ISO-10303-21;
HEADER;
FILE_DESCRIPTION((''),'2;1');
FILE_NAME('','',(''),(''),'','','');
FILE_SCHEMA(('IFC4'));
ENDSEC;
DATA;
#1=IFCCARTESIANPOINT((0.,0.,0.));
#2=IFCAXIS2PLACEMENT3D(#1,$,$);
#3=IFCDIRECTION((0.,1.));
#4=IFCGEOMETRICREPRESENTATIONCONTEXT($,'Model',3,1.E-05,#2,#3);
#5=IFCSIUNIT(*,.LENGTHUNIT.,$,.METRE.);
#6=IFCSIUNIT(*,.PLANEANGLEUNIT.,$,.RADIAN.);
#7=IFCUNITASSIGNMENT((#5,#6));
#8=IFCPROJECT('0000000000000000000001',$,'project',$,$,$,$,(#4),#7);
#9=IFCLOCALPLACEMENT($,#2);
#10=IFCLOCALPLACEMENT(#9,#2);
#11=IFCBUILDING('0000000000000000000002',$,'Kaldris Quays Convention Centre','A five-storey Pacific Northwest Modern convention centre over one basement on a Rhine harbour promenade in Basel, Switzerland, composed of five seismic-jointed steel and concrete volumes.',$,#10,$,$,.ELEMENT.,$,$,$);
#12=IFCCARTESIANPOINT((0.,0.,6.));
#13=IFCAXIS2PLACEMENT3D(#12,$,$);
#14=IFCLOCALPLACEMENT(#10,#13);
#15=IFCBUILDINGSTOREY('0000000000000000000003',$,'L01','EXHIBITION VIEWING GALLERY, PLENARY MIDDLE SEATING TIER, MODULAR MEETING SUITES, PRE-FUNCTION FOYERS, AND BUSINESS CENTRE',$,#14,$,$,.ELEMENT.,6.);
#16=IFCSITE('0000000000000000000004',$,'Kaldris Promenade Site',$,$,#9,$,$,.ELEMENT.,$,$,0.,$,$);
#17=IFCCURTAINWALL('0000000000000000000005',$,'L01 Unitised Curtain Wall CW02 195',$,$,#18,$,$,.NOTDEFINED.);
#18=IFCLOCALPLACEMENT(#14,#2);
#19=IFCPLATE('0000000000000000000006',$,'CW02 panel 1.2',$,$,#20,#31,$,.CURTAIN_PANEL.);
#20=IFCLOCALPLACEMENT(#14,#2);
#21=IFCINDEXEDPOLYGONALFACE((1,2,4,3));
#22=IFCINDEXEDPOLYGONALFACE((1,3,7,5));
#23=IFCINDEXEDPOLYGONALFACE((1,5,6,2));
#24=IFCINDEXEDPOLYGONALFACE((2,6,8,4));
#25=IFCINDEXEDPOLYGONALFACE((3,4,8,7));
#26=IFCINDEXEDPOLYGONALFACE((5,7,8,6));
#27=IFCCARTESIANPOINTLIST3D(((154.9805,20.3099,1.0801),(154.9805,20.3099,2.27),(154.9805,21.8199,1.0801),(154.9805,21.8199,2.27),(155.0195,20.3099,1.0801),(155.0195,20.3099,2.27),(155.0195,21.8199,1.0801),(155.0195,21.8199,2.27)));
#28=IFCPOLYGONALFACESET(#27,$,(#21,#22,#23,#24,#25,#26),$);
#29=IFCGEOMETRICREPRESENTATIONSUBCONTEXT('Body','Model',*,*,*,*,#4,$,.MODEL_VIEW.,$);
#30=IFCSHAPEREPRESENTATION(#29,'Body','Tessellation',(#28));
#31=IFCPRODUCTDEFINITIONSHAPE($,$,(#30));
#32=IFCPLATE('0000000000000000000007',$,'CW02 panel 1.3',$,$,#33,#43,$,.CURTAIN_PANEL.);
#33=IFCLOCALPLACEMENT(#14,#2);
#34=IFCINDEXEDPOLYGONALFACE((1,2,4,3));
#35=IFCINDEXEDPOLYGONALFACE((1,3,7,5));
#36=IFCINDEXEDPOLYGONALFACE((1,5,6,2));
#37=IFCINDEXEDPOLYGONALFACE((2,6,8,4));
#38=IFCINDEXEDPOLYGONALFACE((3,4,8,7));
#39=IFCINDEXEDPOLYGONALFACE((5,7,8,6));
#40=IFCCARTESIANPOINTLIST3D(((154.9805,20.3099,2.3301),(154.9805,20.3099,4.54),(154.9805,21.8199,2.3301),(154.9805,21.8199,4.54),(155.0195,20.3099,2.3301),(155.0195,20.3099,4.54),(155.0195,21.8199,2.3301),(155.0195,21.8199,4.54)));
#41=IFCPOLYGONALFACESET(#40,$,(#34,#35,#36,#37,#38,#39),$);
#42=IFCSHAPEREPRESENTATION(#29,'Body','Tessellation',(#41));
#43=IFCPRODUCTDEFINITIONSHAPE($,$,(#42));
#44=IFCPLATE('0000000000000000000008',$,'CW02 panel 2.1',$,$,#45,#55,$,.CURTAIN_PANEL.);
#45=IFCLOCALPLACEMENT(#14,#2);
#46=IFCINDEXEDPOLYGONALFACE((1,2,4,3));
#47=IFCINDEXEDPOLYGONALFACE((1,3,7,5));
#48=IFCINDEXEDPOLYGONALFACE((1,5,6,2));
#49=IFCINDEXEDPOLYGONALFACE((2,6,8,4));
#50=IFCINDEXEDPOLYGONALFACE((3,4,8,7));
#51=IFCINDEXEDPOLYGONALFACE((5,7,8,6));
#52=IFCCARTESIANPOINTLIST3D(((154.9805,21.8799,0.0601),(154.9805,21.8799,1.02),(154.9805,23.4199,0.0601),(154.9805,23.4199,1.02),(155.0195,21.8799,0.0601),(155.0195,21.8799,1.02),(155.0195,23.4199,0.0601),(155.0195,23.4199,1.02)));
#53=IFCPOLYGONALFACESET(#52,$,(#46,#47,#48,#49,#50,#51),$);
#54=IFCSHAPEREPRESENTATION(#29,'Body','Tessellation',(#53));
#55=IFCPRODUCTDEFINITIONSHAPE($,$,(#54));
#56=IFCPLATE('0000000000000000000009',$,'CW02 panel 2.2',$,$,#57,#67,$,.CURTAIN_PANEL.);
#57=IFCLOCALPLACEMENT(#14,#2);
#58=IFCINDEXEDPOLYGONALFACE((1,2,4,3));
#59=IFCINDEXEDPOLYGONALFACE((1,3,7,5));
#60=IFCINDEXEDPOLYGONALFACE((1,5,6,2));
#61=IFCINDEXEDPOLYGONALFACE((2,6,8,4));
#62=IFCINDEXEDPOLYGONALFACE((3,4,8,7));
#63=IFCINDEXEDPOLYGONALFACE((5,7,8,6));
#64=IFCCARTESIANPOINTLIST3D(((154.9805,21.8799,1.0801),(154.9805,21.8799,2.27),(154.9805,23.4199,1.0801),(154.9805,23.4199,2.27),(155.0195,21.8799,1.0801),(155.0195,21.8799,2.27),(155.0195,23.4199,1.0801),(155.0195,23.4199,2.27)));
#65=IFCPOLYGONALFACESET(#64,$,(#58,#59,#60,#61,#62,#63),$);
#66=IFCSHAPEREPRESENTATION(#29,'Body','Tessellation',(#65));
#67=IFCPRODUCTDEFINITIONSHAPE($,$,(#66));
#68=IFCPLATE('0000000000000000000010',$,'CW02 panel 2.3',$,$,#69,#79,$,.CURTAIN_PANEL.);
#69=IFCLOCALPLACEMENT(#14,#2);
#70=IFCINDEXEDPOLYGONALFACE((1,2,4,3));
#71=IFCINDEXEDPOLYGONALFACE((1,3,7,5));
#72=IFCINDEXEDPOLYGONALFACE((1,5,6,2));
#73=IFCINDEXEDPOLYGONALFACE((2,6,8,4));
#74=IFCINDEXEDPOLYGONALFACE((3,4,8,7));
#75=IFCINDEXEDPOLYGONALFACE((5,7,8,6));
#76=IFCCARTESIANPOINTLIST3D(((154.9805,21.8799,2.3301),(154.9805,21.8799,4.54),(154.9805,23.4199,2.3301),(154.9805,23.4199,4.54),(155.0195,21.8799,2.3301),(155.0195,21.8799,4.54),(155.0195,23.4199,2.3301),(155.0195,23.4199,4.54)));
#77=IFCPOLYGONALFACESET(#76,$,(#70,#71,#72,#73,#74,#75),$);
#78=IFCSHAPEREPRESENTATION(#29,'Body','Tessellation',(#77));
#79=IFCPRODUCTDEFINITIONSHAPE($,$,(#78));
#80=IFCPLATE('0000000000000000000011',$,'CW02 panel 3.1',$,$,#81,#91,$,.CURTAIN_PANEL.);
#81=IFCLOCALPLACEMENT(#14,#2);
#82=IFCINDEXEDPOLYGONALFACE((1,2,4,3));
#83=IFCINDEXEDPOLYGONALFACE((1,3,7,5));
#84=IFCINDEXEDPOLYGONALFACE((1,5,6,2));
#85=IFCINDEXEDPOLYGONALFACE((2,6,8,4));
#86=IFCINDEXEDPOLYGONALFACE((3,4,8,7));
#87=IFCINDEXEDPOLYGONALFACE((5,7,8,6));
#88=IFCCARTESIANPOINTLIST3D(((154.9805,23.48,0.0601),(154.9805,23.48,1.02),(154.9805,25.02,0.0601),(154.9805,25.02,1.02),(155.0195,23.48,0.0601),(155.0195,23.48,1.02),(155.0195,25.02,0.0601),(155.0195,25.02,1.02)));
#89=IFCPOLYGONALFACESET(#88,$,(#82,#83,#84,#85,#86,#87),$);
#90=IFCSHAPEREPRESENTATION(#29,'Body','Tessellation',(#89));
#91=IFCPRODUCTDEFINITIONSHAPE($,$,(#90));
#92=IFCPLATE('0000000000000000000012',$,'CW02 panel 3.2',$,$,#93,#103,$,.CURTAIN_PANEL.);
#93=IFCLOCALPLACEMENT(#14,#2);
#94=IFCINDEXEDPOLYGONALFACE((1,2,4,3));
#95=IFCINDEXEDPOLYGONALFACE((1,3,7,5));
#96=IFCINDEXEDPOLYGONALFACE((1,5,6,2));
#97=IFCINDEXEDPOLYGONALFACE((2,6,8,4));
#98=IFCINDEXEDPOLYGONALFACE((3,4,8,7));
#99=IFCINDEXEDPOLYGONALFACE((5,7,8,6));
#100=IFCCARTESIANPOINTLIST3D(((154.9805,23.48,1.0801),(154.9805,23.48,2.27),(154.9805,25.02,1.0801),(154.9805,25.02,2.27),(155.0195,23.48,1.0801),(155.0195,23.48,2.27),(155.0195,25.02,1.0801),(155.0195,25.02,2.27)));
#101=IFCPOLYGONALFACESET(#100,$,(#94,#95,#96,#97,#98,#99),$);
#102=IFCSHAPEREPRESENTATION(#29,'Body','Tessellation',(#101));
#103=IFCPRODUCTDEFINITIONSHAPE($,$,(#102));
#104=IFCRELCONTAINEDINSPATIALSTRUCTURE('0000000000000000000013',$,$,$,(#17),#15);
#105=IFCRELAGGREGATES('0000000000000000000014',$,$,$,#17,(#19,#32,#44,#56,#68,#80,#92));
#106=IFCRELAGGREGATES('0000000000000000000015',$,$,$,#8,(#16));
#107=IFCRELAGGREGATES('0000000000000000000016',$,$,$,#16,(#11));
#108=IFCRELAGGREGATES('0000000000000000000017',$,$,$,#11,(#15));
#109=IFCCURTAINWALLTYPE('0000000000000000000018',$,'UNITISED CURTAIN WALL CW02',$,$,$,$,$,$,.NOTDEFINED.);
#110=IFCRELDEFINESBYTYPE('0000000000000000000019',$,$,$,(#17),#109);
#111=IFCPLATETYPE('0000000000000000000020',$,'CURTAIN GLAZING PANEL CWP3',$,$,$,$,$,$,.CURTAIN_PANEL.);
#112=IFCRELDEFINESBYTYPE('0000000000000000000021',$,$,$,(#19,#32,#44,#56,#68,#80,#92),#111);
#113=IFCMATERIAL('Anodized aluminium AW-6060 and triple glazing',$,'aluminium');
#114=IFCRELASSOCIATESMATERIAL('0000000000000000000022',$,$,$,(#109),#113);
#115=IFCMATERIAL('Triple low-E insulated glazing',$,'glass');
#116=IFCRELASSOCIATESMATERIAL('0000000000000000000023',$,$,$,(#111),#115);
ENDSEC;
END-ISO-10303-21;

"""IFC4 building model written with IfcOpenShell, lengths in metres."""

from ifc_helpers import new_model, si_unit, direction, frame, origin, origin_2d, place, context, subcontext, project, spatial, rectangle, extrude, material, type_object, element, aggregate, save


model = new_model("IFC4")

# Units and contexts
model_context = context("Model", 3, precision=1e-05, world=origin(), true_north=direction((0.0, 1.0)))
body_context = subcontext(model_context, "Body", "Model", "MODEL_VIEW")
ifc_project = project(units=[si_unit("LENGTHUNIT", "METRE"), si_unit("PLANEANGLEUNIT", "RADIAN")], contexts=[model_context])

# Site, building, storey
site_placement = place(None, origin())
site = spatial("IfcSite", under=ifc_project, at=site_placement, Name="Kaldris Promenade Site", CompositionType="ELEMENT", RefElevation=0.0)
building_placement = place(site_placement, origin())
building = spatial("IfcBuilding", under=site, at=building_placement, Name="Kaldris Quays Convention Centre", Description="A five-storey Pacific Northwest Modern convention centre over one basement on a Rhine harbour promenade in Basel, Switzerland, composed of five seismic-jointed steel and concrete volumes.", CompositionType="ELEMENT")
storey_placement = place(building_placement, frame((0.0, 0.0, 6.0)))
storey = spatial("IfcBuildingStorey", under=building, at=storey_placement, Name="L01", Description="EXHIBITION VIEWING GALLERY, PLENARY MIDDLE SEATING TIER, MODULAR MEETING SUITES, PRE-FUNCTION FOYERS, AND BUSINESS CENTRE", CompositionType="ELEMENT", Elevation=6.0)

# Curtain wall
ifc_material_1 = material(Name="Anodized aluminium AW-6060 and triple glazing", Category="aluminium")
curtain_wall_type = type_object("IfcCurtainWallType", Name="UNITISED CURTAIN WALL CW02", PredefinedType="NOTDEFINED", material=ifc_material_1)
curtain_wall_placement = place(storey_placement, origin())
curtain_wall = element("IfcCurtainWall", 1, at=curtain_wall_placement, inside=storey, type_object=curtain_wall_type, Name="L01 Unitised Curtain Wall CW02 195", PredefinedType="NOTDEFINED")

# Plates
ifc_material_2 = material(Name="Triple low-E insulated glazing", Category="glass")
plate_type = type_object("IfcPlateType", Name="CURTAIN GLAZING PANEL CWP3", PredefinedType="CURTAIN_PANEL", material=ifc_material_2)
plate_1_placement = place(storey_placement, frame((155.0, 21.0649, 1.0801), z_axis=(0.0, 0.0, 1.0), x_axis=(0.0, 1.0, 0.0)))
plate_1 = element("IfcPlate", 2, at=plate_1_placement, type_object=plate_type, Name="CW02 panel 1.2", PredefinedType="CURTAIN_PANEL", context=body_context, shape_type="SweptSolid", body=[
    extrude(rectangle(XDim=1.51, YDim=0.0391, at=origin_2d()), origin(), (0.0, 0.0, 1.0), 1.1899),
])
plate_2_placement = place(storey_placement, frame((155.0, 21.0649, 2.3301), z_axis=(0.0, 0.0, 1.0), x_axis=(0.0, 1.0, 0.0)))
plate_2 = element("IfcPlate", 3, at=plate_2_placement, type_object=plate_type, Name="CW02 panel 1.3", PredefinedType="CURTAIN_PANEL", context=body_context, shape_type="SweptSolid", body=[
    extrude(rectangle(XDim=1.51, YDim=0.0391, at=origin_2d()), origin(), (0.0, 0.0, 1.0), 2.21),
])
plate_3_placement = place(storey_placement, frame((155.0, 22.6499, 0.0601), z_axis=(0.0, 0.0, 1.0), x_axis=(0.0, 1.0, 0.0)))
plate_3 = element("IfcPlate", 4, at=plate_3_placement, type_object=plate_type, Name="CW02 panel 2.1", PredefinedType="CURTAIN_PANEL", context=body_context, shape_type="SweptSolid", body=[
    extrude(rectangle(XDim=1.54, YDim=0.0391, at=origin_2d()), origin(), (0.0, 0.0, 1.0), 0.96),
])
plate_4_placement = place(storey_placement, frame((155.0, 22.6499, 1.0801), z_axis=(0.0, 0.0, 1.0), x_axis=(0.0, 1.0, 0.0)))
plate_4 = element("IfcPlate", 5, at=plate_4_placement, type_object=plate_type, Name="CW02 panel 2.2", PredefinedType="CURTAIN_PANEL", context=body_context, shape_type="SweptSolid", body=[
    extrude(rectangle(XDim=1.54, YDim=0.0391, at=origin_2d()), origin(), (0.0, 0.0, 1.0), 1.1899),
])
plate_5_placement = place(storey_placement, frame((155.0, 22.6499, 2.3301), z_axis=(0.0, 0.0, 1.0), x_axis=(0.0, 1.0, 0.0)))
plate_5 = element("IfcPlate", 6, at=plate_5_placement, type_object=plate_type, Name="CW02 panel 2.3", PredefinedType="CURTAIN_PANEL", context=body_context, shape_type="SweptSolid", body=[
    extrude(rectangle(XDim=1.54, YDim=0.0391, at=origin_2d()), origin(), (0.0, 0.0, 1.0), 2.21),
])
plate_6_placement = place(storey_placement, frame((155.0, 24.25, 0.0601), z_axis=(0.0, 0.0, 1.0), x_axis=(0.0, 1.0, 0.0)))
plate_6 = element("IfcPlate", 7, at=plate_6_placement, type_object=plate_type, Name="CW02 panel 3.1", PredefinedType="CURTAIN_PANEL", context=body_context, shape_type="SweptSolid", body=[
    extrude(rectangle(XDim=1.54, YDim=0.0391, at=origin_2d()), origin(), (0.0, 0.0, 1.0), 0.96),
])
plate_7_placement = place(storey_placement, frame((155.0, 24.25, 1.0801), z_axis=(0.0, 0.0, 1.0), x_axis=(0.0, 1.0, 0.0)))
plate_7 = element("IfcPlate", 8, at=plate_7_placement, type_object=plate_type, Name="CW02 panel 3.2", PredefinedType="CURTAIN_PANEL", context=body_context, shape_type="SweptSolid", body=[
    extrude(rectangle(XDim=1.54, YDim=0.0391, at=origin_2d()), origin(), (0.0, 0.0, 1.0), 1.1899),
])
aggregate(curtain_wall, [plate_1, plate_2, plate_3, plate_4, plate_5, plate_6, plate_7])

save(model, "model.ifc")
